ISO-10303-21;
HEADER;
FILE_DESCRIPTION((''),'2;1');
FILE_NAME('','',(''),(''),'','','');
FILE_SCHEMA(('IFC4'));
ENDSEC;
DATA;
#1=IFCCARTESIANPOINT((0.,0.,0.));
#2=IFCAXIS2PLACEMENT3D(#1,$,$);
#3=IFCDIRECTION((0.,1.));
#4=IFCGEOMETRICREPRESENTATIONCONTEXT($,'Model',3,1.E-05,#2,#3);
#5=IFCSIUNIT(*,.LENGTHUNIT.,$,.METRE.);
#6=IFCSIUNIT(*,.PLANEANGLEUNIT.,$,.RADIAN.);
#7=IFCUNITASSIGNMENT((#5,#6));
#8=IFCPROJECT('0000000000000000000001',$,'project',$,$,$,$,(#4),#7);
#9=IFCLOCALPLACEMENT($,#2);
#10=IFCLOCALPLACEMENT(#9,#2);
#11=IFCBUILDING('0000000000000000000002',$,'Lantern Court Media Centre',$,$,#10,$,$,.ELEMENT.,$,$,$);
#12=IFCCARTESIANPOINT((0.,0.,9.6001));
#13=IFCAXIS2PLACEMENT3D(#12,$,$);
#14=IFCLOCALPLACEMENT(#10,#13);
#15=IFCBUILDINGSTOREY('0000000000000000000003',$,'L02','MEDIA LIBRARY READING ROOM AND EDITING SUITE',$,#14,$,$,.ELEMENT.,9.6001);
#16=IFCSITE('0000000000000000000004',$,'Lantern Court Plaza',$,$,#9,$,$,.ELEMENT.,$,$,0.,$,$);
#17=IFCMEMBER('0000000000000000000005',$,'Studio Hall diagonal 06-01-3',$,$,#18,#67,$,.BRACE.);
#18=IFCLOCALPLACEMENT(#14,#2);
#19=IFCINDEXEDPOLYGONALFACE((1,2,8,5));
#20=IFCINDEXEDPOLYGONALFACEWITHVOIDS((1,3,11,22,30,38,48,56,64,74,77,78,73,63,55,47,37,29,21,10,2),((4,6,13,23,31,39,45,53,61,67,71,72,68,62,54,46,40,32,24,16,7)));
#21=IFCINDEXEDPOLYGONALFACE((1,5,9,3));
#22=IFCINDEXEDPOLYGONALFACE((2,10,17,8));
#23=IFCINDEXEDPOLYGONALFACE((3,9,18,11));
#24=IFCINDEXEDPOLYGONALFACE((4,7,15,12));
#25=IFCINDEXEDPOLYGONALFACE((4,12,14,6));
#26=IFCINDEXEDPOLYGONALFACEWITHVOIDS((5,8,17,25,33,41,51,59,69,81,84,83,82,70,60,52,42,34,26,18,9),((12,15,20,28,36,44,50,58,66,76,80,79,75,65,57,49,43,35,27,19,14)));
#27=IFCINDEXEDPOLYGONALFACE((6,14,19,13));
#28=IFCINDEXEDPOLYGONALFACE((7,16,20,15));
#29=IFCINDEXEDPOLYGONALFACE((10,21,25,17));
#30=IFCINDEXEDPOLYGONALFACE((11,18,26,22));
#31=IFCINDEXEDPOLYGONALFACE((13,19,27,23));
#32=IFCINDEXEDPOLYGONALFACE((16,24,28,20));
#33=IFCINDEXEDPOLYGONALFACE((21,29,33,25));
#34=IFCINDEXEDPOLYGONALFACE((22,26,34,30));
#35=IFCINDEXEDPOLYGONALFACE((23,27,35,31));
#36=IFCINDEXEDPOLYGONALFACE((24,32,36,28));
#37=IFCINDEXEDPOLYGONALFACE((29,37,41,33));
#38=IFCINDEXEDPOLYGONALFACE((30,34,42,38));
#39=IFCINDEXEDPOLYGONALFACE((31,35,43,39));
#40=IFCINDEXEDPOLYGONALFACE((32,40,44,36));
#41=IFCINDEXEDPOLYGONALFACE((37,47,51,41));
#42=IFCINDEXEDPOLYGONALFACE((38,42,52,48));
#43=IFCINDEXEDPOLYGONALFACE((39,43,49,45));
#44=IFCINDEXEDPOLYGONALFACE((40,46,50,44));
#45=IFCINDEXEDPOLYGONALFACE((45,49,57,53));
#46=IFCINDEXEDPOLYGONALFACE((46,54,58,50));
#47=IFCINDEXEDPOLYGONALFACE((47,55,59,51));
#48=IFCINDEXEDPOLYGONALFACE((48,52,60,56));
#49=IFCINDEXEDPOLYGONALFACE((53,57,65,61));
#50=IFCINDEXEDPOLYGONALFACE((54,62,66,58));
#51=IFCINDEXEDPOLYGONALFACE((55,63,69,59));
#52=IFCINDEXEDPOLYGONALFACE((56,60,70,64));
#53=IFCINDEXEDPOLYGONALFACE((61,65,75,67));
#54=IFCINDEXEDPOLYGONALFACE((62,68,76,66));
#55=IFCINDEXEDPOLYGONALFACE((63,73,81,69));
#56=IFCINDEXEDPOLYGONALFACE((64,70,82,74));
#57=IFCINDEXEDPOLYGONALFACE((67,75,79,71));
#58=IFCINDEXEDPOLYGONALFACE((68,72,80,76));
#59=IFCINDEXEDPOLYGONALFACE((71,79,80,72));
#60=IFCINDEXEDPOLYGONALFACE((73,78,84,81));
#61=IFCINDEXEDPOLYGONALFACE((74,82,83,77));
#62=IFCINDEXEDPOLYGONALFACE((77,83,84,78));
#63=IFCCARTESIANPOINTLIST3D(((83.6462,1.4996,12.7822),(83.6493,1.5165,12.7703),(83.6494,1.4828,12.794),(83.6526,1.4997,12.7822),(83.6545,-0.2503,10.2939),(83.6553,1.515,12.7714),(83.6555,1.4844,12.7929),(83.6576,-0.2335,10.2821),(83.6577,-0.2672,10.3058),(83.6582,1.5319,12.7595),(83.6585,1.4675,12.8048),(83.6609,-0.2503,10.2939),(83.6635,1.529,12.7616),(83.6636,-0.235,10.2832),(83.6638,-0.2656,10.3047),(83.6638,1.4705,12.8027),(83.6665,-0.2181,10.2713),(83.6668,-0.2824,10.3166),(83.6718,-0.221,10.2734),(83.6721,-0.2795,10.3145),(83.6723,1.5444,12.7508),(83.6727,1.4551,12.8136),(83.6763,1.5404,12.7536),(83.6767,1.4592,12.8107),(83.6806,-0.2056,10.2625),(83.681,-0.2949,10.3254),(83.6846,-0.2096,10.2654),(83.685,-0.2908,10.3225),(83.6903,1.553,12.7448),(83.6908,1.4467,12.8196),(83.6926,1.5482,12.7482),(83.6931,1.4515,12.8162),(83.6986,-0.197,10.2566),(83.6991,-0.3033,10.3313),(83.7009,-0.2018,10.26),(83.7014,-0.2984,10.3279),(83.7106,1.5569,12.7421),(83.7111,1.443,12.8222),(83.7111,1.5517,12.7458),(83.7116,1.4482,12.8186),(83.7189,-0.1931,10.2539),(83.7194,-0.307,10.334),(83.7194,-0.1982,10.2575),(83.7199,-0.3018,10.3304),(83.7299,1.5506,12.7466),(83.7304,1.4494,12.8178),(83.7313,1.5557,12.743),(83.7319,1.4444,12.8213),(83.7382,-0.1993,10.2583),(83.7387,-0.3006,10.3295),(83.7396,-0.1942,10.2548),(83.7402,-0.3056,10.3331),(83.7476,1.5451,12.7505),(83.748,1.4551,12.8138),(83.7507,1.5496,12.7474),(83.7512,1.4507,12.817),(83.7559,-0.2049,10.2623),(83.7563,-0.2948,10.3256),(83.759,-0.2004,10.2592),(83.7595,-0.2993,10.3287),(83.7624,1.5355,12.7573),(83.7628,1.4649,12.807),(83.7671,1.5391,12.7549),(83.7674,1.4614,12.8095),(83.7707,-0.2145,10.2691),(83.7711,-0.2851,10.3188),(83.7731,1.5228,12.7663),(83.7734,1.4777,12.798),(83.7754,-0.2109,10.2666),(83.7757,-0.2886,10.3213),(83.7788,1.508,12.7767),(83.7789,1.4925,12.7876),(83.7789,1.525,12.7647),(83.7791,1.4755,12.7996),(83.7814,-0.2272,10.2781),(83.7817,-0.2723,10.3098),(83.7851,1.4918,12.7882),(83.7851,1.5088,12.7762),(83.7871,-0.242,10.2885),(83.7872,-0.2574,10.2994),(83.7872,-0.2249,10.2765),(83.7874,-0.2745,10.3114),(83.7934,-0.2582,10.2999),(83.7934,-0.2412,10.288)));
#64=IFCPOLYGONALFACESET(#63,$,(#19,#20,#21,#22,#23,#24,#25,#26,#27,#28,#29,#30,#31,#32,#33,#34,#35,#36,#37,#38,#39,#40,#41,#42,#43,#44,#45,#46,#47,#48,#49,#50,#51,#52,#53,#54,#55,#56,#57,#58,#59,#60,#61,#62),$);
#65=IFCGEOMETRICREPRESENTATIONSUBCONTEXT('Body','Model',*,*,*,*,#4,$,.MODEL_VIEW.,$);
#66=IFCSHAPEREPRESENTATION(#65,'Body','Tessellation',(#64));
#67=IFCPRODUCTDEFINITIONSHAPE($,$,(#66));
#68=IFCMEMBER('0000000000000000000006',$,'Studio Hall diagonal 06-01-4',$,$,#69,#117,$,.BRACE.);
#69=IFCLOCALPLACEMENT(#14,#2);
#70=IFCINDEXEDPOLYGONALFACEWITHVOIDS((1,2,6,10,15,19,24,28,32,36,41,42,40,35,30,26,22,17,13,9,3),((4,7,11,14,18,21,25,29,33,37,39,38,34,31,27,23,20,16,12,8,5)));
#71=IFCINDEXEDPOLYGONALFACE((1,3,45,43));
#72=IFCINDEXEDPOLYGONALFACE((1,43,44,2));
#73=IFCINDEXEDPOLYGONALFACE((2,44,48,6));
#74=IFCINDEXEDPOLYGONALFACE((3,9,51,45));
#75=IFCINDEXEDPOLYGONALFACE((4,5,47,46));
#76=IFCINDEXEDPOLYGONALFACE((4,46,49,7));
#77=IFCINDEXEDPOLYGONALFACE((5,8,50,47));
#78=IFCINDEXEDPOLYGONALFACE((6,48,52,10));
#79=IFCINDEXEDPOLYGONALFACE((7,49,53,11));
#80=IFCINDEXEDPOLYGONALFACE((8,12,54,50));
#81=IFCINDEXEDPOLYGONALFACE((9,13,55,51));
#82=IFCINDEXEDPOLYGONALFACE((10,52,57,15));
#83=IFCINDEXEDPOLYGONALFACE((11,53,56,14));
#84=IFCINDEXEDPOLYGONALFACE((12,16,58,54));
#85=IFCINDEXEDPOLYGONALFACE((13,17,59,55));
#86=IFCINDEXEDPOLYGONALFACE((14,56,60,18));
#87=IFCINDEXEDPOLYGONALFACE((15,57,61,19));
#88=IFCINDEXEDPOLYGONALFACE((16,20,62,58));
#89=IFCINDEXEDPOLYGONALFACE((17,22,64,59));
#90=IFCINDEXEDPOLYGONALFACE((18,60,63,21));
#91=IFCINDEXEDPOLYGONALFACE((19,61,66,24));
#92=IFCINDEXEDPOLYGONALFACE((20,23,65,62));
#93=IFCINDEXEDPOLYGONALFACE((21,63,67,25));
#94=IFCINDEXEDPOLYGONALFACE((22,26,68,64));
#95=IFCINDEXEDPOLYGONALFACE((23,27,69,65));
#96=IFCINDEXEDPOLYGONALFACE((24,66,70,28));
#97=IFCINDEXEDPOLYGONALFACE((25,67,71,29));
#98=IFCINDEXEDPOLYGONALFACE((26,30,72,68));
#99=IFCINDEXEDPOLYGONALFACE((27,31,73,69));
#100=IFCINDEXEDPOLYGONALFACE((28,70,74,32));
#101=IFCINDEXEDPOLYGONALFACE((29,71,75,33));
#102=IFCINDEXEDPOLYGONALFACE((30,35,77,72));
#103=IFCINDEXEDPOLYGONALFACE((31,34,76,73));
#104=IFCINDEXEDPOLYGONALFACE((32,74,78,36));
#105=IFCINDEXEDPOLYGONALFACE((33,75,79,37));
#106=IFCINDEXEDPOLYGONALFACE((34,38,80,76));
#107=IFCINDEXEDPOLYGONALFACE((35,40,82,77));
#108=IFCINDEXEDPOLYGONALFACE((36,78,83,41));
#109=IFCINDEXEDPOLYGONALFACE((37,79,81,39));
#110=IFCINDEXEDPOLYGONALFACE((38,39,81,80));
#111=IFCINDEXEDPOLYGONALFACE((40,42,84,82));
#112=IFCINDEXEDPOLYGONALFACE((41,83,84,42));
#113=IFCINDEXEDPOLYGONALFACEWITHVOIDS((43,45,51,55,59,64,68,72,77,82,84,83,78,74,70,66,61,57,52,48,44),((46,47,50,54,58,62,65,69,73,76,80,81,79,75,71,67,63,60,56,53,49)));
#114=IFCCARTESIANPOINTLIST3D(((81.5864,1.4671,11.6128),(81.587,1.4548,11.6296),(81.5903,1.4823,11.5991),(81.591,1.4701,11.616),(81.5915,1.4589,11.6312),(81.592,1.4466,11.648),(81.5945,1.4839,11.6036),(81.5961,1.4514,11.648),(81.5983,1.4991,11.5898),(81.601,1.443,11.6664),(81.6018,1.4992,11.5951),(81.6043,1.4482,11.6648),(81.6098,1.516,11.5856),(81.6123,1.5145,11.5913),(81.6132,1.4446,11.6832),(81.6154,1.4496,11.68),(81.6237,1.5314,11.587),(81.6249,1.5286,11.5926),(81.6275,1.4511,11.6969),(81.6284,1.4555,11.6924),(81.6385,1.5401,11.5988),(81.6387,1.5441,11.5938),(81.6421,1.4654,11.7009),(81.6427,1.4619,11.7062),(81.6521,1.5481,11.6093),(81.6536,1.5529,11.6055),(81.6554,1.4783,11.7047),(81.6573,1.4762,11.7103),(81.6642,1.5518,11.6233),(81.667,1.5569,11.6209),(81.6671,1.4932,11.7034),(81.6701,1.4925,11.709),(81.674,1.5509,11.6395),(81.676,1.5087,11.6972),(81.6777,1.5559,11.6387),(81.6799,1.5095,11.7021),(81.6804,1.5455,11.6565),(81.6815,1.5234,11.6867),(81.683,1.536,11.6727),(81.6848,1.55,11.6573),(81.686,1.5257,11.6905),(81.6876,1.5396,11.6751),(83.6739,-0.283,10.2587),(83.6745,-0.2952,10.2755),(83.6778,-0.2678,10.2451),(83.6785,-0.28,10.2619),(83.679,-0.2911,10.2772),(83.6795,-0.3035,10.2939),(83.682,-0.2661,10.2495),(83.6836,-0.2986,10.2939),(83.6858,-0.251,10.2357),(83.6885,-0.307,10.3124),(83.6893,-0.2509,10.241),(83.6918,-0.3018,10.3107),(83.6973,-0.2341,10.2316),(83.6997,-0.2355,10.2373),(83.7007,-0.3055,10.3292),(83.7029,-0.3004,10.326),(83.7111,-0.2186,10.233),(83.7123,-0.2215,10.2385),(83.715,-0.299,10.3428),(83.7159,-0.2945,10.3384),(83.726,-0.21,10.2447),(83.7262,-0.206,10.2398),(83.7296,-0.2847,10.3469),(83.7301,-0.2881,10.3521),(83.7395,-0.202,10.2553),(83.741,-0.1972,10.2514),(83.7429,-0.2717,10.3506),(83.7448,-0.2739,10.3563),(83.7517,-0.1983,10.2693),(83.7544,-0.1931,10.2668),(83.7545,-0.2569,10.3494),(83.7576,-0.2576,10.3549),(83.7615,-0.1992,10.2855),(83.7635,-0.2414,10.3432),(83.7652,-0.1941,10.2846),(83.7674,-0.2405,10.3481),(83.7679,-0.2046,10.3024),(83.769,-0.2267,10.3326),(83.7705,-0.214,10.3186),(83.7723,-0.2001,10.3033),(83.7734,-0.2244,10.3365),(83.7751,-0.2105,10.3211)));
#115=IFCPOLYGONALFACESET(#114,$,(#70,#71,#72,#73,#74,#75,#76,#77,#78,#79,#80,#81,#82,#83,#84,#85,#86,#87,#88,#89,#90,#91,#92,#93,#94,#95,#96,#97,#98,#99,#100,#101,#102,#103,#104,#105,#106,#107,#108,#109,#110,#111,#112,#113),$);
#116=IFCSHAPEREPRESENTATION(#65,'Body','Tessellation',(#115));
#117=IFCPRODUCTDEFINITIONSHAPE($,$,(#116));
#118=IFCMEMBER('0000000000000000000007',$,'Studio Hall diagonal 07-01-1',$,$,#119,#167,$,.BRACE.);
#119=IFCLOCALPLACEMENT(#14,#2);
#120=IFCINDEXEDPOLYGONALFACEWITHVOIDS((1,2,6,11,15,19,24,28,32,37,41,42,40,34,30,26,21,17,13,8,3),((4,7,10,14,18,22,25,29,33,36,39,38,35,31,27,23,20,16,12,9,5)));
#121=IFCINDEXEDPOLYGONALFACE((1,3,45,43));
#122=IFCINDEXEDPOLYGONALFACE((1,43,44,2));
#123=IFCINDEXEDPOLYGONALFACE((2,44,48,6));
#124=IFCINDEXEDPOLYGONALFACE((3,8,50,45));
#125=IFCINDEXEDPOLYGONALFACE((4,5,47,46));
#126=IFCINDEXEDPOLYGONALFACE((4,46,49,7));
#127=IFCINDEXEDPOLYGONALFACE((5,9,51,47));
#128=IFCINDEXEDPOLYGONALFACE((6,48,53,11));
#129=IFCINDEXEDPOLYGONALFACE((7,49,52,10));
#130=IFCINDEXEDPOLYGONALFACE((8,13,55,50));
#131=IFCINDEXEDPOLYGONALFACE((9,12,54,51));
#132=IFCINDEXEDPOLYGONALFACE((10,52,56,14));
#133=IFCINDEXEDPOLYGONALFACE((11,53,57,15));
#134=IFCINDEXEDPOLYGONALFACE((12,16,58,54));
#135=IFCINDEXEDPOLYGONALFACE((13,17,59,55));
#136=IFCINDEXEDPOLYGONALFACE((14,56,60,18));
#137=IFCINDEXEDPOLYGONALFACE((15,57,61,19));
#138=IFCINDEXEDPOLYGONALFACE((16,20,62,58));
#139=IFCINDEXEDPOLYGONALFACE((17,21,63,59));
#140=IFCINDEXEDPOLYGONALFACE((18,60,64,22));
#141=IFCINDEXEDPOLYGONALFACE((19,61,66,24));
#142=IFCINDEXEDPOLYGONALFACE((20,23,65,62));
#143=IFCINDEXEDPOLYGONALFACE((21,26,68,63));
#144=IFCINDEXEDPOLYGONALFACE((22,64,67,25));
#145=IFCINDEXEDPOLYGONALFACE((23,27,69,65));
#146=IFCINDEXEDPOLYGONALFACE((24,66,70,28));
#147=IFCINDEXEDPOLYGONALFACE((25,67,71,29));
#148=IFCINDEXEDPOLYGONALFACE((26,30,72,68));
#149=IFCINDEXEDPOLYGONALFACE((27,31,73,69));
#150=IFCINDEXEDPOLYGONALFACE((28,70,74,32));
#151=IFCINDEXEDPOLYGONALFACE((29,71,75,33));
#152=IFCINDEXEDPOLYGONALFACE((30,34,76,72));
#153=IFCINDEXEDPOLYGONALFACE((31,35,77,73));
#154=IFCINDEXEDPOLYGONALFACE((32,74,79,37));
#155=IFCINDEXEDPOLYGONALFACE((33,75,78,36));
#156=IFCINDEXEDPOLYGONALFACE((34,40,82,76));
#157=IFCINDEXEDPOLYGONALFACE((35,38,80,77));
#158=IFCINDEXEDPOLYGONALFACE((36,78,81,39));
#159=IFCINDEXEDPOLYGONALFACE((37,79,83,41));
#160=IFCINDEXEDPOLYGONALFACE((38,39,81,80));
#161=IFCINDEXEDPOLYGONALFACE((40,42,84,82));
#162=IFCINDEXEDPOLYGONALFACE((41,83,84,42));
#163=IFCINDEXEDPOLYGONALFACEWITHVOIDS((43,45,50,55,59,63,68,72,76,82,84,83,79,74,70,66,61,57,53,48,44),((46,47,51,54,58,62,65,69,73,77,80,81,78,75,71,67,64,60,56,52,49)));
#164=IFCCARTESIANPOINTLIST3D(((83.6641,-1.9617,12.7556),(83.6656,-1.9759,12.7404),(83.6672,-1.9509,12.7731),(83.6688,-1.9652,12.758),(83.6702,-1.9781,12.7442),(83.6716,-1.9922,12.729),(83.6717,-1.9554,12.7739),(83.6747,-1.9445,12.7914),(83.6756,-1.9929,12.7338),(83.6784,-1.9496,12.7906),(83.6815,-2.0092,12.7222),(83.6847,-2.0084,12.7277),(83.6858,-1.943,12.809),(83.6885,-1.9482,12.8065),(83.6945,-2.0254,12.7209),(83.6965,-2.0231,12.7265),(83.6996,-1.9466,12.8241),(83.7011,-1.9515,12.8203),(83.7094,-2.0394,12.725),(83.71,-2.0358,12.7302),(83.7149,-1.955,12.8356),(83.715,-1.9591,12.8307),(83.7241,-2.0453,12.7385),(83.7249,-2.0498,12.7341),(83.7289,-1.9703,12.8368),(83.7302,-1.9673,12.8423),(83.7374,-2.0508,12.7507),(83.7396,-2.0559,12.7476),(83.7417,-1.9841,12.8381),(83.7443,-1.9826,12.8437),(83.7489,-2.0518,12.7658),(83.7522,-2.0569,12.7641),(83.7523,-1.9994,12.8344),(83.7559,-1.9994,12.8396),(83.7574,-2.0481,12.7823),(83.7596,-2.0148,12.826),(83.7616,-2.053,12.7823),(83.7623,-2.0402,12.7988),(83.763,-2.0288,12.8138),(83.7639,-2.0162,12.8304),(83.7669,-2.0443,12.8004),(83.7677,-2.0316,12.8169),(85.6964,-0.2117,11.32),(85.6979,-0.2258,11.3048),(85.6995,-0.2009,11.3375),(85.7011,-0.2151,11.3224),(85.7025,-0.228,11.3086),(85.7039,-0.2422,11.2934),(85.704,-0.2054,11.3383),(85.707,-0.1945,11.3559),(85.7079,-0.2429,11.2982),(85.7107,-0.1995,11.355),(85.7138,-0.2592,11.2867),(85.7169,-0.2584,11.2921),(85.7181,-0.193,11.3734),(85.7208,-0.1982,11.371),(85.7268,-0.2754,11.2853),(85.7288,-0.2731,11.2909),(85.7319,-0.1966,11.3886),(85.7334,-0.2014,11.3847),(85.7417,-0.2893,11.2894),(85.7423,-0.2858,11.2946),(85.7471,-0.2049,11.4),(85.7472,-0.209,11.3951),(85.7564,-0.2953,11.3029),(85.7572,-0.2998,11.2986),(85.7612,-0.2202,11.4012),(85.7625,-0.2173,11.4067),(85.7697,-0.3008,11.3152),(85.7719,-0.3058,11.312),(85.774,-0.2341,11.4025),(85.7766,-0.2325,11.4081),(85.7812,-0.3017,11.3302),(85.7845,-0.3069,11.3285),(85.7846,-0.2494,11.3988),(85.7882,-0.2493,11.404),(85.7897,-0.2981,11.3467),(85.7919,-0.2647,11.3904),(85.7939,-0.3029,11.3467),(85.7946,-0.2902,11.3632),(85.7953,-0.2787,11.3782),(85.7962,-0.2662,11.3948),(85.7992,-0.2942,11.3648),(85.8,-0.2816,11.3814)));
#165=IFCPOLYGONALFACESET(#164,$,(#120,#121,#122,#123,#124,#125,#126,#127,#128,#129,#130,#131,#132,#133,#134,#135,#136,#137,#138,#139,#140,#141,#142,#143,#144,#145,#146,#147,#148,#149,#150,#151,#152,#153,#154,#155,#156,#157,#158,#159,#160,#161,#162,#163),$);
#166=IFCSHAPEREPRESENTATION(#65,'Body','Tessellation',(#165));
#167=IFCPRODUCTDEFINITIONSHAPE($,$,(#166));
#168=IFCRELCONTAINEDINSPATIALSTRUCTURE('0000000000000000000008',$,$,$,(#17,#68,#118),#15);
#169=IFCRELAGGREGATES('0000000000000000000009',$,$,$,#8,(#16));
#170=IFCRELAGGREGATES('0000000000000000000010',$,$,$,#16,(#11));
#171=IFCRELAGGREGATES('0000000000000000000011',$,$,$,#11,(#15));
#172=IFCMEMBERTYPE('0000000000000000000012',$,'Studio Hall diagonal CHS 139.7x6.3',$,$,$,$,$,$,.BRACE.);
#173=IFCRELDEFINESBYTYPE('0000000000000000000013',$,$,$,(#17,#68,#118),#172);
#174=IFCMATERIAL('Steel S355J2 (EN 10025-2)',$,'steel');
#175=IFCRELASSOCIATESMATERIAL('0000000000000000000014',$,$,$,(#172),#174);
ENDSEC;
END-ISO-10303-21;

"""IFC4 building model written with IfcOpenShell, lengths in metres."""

from ifc_helpers import new_model, si_unit, direction, frame, origin, origin_2d, place, context, subcontext, project, spatial, hollow_circle, extrude, material, material_profile, profile_set, type_object, element, save


model = new_model("IFC4")

# Units and contexts
model_context = context("Model", 3, precision=1e-05, world=origin(), true_north=direction((0.0, 1.0)))
body_context = subcontext(model_context, "Body", "Model", "MODEL_VIEW")
ifc_project = project(units=[si_unit("LENGTHUNIT", "METRE"), si_unit("PLANEANGLEUNIT", "RADIAN")], contexts=[model_context])

# Site, building, storey
site_placement = place(None, origin())
site = spatial("IfcSite", under=ifc_project, at=site_placement, Name="Lantern Court Plaza", CompositionType="ELEMENT", RefElevation=0.0)
building_placement = place(site_placement, origin())
building = spatial("IfcBuilding", under=site, at=building_placement, Name="Lantern Court Media Centre", CompositionType="ELEMENT")
storey_placement = place(building_placement, frame((0.0, 0.0, 9.6001)))
storey = spatial("IfcBuildingStorey", under=building, at=storey_placement, Name="L02", Description="MEDIA LIBRARY READING ROOM AND EDITING SUITE", CompositionType="ELEMENT", Elevation=9.6001)

# Members
ifc_material = material(Name="Steel S355J2 (EN 10025-2)", Category="steel")
ifc_material_profile_1 = material_profile(ifc_material, hollow_circle(Radius=0.0698, WallThickness=0.0063, at=origin_2d()), Name="Studio Hall diagonal CHS 139.7x6.3")
ifc_profile_set_1 = profile_set([ifc_material_profile_1], Name="Steel S355J2 (EN 10025-2)")
member_type_1 = type_object("IfcMemberType", Name="Studio Hall diagonal CHS 139.7x6.3", PredefinedType="BRACE", material=ifc_profile_set_1)
for number, where, z_axis, x_axis, name in (
    (1, (83.7244, -0.25, 10.2939), (-0.002729, 0.575269, 0.81796), (-0.999989, -0.004743, 0.0), "Studio Hall diagonal 06-01-3"),
    (2, (83.7244, -0.25, 10.2939), (-0.68622, 0.575301, 0.44512), (-0.642456, -0.766322, 0.0), "Studio Hall diagonal 06-01-4"),
    (3, (85.7483, -0.25, 11.3467), (-0.668075, -0.575296, 0.471922), (0.652529, -0.757764, 0.0), "Studio Hall diagonal 07-01-1"),
):
    element("IfcMember", number, at=place(storey_placement, frame(where, z_axis=z_axis, x_axis=x_axis)), inside=storey, type_object=member_type_1, Name=name, PredefinedType="BRACE", context=body_context, shape_type="SweptSolid", body=[
        extrude(hollow_circle(Radius=0.0698, WallThickness=0.0063, at=origin_2d()), origin(), (0.0, 0.0, 1.0), 3.042),
    ])

save(model, "model.ifc")
